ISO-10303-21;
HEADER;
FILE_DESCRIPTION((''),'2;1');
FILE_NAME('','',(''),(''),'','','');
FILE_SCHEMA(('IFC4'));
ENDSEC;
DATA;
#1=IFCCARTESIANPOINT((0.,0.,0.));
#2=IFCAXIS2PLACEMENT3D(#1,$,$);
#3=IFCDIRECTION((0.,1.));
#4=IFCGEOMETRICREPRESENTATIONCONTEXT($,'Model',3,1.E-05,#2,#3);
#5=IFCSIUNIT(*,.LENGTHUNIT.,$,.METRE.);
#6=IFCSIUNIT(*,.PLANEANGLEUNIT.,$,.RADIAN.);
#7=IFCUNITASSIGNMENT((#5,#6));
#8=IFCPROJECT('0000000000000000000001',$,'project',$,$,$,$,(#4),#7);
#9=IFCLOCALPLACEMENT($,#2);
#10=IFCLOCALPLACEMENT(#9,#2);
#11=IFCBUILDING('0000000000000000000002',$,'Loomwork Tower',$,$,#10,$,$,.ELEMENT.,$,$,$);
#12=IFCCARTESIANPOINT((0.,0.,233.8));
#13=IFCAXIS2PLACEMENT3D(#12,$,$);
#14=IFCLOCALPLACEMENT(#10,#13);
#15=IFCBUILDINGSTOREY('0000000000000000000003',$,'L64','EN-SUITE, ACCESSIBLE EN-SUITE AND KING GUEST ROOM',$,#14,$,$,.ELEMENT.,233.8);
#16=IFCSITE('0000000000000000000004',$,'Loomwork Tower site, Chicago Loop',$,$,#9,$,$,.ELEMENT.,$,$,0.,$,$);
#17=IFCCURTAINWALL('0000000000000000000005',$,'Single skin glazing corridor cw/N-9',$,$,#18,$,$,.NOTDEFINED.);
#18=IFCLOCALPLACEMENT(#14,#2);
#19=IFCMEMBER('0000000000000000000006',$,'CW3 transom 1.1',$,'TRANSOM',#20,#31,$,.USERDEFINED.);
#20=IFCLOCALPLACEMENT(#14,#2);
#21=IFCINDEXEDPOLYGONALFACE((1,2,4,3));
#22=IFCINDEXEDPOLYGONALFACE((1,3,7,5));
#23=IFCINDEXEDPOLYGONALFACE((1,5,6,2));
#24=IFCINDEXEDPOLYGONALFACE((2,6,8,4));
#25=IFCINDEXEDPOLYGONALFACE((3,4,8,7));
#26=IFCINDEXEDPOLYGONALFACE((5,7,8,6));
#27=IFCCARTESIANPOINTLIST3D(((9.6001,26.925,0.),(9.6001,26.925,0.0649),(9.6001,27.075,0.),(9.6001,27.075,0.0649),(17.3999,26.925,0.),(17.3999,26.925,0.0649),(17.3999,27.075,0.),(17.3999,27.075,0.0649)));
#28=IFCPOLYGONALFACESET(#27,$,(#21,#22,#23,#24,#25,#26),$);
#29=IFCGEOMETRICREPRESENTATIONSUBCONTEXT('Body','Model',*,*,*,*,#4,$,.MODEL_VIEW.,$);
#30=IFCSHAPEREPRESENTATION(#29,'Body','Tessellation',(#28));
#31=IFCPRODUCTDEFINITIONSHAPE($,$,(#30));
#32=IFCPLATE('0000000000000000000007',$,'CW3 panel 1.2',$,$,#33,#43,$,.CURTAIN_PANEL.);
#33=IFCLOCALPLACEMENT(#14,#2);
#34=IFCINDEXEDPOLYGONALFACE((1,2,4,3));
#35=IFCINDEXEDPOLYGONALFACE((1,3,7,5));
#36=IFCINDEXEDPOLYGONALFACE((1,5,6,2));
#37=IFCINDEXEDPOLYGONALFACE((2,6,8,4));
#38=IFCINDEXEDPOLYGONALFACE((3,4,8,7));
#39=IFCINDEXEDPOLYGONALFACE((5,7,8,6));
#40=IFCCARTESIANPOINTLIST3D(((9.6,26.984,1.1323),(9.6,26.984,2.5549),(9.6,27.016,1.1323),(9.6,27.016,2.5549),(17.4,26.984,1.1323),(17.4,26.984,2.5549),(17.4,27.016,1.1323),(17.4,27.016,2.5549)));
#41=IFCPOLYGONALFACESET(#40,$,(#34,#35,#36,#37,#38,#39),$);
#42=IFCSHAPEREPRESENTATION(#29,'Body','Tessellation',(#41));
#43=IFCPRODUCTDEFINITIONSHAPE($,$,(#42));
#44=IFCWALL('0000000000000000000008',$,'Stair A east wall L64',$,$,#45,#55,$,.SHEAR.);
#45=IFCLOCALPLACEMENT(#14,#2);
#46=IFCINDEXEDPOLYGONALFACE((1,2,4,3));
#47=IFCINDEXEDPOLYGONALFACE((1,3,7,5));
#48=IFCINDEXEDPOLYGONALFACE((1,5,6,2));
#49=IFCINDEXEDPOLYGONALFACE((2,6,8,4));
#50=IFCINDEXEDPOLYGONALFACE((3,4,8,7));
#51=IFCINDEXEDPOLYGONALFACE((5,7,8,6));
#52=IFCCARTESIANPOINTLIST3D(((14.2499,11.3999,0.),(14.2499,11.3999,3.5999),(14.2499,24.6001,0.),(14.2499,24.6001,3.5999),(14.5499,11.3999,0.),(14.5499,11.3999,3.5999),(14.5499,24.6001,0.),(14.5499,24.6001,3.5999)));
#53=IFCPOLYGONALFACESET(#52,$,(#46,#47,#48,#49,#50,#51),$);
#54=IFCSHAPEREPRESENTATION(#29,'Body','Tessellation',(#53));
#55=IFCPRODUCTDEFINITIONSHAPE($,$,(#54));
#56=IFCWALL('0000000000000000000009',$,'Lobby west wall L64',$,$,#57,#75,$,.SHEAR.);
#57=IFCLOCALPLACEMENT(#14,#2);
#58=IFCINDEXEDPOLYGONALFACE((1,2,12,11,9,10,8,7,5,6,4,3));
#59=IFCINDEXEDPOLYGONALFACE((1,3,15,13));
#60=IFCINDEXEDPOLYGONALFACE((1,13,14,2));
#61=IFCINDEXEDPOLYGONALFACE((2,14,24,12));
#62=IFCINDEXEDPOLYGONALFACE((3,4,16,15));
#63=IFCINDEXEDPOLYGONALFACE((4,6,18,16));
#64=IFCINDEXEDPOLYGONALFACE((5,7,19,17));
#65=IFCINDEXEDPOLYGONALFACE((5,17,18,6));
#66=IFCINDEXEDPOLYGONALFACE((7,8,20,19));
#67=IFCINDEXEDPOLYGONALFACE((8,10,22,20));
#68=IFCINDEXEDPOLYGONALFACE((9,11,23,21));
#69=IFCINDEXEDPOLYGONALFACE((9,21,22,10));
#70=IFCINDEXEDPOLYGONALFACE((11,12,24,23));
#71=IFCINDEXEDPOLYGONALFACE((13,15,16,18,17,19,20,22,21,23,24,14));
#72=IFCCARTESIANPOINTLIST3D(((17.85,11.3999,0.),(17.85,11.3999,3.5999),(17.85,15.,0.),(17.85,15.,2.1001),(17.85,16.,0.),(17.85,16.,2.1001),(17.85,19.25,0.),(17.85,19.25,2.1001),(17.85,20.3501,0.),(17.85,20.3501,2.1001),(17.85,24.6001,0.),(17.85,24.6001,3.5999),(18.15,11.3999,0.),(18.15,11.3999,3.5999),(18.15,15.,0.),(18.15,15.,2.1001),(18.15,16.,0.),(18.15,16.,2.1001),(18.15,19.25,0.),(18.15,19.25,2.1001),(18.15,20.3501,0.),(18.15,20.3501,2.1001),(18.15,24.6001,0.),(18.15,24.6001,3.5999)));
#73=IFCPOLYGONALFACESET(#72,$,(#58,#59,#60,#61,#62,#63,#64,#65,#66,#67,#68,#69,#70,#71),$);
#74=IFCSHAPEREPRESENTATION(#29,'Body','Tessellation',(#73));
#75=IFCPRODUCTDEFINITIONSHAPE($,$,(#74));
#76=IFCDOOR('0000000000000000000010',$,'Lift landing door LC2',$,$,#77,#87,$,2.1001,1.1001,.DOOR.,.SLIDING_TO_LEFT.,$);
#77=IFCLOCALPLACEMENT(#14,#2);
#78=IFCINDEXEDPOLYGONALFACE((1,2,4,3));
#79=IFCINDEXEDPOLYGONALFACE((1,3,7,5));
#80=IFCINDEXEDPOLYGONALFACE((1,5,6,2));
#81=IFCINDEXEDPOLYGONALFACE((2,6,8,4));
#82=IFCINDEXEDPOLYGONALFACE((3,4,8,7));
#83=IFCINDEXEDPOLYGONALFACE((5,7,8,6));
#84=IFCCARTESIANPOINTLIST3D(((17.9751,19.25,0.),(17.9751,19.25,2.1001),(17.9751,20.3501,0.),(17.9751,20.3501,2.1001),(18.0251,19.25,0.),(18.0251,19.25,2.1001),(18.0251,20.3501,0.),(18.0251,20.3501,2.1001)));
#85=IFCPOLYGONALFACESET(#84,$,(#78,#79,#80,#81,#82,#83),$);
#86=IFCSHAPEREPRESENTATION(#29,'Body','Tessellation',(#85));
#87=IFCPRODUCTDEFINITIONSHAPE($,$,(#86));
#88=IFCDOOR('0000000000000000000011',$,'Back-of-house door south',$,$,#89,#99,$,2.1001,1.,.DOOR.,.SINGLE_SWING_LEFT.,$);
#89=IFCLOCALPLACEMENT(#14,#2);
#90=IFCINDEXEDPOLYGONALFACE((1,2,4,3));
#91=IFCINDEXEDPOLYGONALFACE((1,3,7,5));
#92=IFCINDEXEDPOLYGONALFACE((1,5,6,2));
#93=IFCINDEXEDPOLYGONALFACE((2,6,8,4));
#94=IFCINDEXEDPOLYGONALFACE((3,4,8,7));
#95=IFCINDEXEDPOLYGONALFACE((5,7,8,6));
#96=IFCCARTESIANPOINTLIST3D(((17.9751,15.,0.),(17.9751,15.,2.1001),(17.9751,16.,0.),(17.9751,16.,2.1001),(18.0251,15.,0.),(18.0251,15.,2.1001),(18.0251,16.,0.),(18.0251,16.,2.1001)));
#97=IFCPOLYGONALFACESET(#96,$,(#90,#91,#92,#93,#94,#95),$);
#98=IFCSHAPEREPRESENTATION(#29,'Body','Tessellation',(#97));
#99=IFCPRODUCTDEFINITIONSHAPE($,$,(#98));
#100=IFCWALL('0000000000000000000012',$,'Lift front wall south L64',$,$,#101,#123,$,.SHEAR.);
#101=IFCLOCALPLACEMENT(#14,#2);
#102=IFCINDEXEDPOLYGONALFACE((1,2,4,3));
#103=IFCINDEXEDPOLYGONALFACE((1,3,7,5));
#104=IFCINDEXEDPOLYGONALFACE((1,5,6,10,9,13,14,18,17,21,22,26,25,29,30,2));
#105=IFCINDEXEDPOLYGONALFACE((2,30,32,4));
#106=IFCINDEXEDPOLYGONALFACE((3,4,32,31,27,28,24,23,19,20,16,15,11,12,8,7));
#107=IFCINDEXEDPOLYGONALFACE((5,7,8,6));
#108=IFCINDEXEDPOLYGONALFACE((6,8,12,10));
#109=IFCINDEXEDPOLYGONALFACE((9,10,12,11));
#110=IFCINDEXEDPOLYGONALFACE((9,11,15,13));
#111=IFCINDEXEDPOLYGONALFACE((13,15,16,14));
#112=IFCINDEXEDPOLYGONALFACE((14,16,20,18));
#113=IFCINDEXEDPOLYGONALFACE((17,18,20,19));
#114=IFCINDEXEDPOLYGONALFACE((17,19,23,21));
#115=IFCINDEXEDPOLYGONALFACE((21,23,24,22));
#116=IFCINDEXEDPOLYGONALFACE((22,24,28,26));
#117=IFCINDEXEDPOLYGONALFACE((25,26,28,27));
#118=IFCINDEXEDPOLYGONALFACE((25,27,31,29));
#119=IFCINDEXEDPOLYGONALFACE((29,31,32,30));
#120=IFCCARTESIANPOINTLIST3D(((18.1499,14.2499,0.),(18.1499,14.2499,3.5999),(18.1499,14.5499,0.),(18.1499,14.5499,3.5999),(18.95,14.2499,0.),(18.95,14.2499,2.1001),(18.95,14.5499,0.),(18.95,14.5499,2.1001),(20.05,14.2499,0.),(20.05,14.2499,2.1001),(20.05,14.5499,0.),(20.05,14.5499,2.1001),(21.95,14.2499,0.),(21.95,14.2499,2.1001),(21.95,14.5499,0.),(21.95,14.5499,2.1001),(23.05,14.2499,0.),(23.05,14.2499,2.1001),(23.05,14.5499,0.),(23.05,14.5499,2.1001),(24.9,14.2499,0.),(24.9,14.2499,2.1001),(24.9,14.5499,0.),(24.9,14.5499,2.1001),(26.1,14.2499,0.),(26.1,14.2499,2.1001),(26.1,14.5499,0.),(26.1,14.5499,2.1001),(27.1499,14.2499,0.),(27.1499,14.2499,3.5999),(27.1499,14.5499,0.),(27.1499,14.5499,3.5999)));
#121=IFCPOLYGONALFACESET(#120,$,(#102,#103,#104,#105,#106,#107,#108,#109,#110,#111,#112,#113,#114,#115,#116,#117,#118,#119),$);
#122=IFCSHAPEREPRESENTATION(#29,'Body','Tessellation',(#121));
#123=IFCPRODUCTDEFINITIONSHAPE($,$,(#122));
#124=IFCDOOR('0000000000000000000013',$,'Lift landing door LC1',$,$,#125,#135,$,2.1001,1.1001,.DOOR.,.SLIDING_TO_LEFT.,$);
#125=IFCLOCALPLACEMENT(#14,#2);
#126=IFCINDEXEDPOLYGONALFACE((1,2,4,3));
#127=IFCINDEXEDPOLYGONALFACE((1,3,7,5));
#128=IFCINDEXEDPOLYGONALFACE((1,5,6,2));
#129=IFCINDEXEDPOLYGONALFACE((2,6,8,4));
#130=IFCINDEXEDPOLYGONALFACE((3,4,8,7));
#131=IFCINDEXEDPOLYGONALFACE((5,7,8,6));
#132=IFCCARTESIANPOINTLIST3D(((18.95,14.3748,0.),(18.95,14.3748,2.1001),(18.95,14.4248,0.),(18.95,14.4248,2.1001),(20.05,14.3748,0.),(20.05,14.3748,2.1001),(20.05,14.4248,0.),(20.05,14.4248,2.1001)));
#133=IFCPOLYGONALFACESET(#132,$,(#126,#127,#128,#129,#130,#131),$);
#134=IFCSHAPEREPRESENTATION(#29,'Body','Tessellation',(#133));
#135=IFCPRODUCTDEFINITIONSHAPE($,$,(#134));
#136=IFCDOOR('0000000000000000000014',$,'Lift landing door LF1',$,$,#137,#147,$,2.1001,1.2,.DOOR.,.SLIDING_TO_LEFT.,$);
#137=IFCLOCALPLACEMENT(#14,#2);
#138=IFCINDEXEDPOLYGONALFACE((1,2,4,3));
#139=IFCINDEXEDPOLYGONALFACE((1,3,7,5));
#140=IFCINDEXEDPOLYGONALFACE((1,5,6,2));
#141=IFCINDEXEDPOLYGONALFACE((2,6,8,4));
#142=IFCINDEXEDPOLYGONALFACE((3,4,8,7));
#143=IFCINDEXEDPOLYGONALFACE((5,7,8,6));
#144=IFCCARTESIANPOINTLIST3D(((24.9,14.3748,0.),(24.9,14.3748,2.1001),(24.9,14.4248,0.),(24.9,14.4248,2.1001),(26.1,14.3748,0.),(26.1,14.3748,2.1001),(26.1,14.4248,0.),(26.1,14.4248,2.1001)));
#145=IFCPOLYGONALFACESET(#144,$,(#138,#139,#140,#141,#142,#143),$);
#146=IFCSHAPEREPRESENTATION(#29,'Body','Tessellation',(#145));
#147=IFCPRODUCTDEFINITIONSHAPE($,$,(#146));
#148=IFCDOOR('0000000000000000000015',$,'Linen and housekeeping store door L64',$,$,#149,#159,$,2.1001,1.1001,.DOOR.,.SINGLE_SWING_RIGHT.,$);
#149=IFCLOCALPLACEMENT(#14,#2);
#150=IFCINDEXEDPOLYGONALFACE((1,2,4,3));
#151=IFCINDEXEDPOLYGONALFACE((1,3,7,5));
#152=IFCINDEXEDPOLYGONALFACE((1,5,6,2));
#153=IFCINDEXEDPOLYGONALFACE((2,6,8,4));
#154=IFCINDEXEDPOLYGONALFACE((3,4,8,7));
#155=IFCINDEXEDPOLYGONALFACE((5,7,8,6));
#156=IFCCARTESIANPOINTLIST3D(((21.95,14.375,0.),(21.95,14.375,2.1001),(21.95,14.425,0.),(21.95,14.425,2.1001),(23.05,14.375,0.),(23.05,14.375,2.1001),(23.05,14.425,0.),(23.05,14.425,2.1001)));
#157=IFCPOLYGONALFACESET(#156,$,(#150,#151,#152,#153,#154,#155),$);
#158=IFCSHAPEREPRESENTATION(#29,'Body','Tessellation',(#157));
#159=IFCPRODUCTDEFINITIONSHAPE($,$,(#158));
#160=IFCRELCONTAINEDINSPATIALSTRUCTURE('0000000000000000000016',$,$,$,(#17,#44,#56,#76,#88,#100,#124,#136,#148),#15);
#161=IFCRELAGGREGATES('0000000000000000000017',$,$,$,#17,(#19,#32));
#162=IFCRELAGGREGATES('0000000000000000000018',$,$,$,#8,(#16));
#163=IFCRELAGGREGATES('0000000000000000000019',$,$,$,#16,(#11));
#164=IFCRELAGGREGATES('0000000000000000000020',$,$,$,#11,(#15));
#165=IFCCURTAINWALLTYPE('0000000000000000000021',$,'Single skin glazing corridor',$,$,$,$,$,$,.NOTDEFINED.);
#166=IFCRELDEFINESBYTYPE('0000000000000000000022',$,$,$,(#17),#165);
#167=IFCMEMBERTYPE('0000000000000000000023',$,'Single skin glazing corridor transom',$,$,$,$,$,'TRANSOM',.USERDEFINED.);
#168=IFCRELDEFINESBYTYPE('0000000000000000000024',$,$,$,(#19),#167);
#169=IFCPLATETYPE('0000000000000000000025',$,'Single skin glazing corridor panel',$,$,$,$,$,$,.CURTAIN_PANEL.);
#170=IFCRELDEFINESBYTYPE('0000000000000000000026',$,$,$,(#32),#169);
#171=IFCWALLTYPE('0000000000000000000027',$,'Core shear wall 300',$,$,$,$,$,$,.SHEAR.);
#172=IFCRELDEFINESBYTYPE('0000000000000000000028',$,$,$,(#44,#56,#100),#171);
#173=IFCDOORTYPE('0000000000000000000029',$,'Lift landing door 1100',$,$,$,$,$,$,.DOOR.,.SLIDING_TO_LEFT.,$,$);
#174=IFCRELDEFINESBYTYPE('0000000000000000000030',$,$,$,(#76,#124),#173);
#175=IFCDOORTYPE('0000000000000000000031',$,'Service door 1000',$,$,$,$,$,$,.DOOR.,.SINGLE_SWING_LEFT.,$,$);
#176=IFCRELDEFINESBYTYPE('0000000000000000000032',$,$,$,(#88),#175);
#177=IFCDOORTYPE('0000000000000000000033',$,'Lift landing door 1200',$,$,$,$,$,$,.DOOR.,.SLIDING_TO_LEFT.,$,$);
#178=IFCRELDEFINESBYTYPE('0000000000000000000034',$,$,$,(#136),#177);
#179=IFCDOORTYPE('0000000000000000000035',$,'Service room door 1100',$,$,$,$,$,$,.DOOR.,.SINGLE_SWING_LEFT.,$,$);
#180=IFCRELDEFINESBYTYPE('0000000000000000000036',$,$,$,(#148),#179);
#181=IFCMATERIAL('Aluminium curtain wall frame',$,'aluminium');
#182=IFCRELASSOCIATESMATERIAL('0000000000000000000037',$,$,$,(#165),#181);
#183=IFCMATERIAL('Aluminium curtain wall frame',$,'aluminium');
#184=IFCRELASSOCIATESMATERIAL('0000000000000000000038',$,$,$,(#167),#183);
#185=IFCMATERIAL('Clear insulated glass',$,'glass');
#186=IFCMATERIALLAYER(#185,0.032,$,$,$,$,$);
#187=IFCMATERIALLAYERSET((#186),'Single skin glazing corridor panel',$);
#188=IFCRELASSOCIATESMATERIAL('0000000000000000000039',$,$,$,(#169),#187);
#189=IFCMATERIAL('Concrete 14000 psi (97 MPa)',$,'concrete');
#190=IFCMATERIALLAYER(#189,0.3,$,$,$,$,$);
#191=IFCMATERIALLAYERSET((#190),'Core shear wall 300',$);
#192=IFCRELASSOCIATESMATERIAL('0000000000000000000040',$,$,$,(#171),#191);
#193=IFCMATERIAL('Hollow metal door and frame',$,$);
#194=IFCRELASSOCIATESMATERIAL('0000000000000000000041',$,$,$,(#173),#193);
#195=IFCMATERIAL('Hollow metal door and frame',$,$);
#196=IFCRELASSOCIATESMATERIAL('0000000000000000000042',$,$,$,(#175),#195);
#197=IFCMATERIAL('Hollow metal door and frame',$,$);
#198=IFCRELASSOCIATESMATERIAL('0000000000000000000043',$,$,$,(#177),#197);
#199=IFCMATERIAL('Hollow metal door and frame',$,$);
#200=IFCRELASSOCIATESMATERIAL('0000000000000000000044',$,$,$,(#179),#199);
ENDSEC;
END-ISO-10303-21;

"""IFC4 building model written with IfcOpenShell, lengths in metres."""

from ifc_helpers import new_model, si_unit, direction, frame, frame_2d, origin, origin_2d, place, context, subcontext, project, spatial, rectangle, extrude, material, layer, layer_set, material_profile, profile_set, type_object, element, fill, aggregate, save


model = new_model("IFC4")

# Units and contexts
model_context = context("Model", 3, precision=1e-05, world=origin(), true_north=direction((0.0, 1.0)))
body_context = subcontext(model_context, "Body", "Model", "MODEL_VIEW")
ifc_project = project(units=[si_unit("LENGTHUNIT", "METRE"), si_unit("PLANEANGLEUNIT", "RADIAN")], contexts=[model_context])

# Site, building, storey
site_placement = place(None, origin())
site = spatial("IfcSite", under=ifc_project, at=site_placement, Name="Loomwork Tower site, Chicago Loop", CompositionType="ELEMENT", RefElevation=0.0)
building_placement = place(site_placement, origin())
building = spatial("IfcBuilding", under=site, at=building_placement, Name="Loomwork Tower", CompositionType="ELEMENT")
storey_placement = place(building_placement, frame((0.0, 0.0, 233.8)))
storey = spatial("IfcBuildingStorey", under=building, at=storey_placement, Name="L64", Description="EN-SUITE, ACCESSIBLE EN-SUITE AND KING GUEST ROOM", CompositionType="ELEMENT", Elevation=233.8)

# Curtain wall, member, plate
ifc_material_1 = material(Name="Aluminium curtain wall frame", Category="aluminium")
curtain_wall_type = type_object("IfcCurtainWallType", Name="Single skin glazing corridor", PredefinedType="NOTDEFINED", material=ifc_material_1)
curtain_wall_placement = place(storey_placement, origin())
curtain_wall = element("IfcCurtainWall", 1, at=curtain_wall_placement, inside=storey, type_object=curtain_wall_type, Name="Single skin glazing corridor cw/N-9", PredefinedType="NOTDEFINED")
ifc_material_2 = material(Name="Aluminium curtain wall frame", Category="aluminium")
ifc_material_profile = material_profile(ifc_material_2, rectangle(XDim=0.1499, YDim=0.0649, at=origin_2d()), Name="AL 65x150")
ifc_profile_set = profile_set([ifc_material_profile], Name="Aluminium curtain wall frame")
member_type = type_object("IfcMemberType", Name="Single skin glazing corridor transom", ElementType="TRANSOM", PredefinedType="USERDEFINED", material=ifc_profile_set)
member_placement = place(storey_placement, frame((17.3999, 27.0, 0.0325), z_axis=(-1.0, 0.0, 0.0), x_axis=(0.0, -1.0, 0.0)))
member = element("IfcMember", 2, at=member_placement, type_object=member_type, Name="CW3 transom 1.1", ObjectType="TRANSOM", PredefinedType="USERDEFINED", context=body_context, shape_type="SweptSolid", body=[
    extrude(rectangle(XDim=0.1499, YDim=0.0649, at=origin_2d()), origin(), (0.0, 0.0, 1.0), 7.7998),
])
ifc_material_3 = material(Name="Clear insulated glass", Category="glass")
ifc_layer_1 = layer(ifc_material_3, 0.032)
ifc_layer_set_1 = layer_set([ifc_layer_1], Name="Single skin glazing corridor panel")
plate_type = type_object("IfcPlateType", Name="Single skin glazing corridor panel", PredefinedType="CURTAIN_PANEL", material=ifc_layer_set_1)
plate_placement = place(storey_placement, frame((13.5, 27.0, 1.1323), z_axis=(0.0, 0.0, 1.0), x_axis=(-1.0, 0.0, 0.0)))
plate = element("IfcPlate", 3, at=plate_placement, type_object=plate_type, Name="CW3 panel 1.2", PredefinedType="CURTAIN_PANEL", context=body_context, shape_type="SweptSolid", body=[
    extrude(rectangle(XDim=7.8, YDim=0.032, at=origin_2d()), origin(), (0.0, 0.0, 1.0), 1.4226),
])
aggregate(curtain_wall, [member, plate])

# Wall
ifc_material_4 = material(Name="Concrete 14000 psi (97 MPa)", Category="concrete")
ifc_layer_2 = layer(ifc_material_4, 0.3)
ifc_layer_set_2 = layer_set([ifc_layer_2], Name="Core shear wall 300")
wall_type_1 = type_object("IfcWallType", Name="Core shear wall 300", PredefinedType="SHEAR", material=ifc_layer_set_2)
wall_1_placement = place(storey_placement, frame((14.3999, 11.3999, 0.0), z_axis=(0.0, 0.0, 1.0), x_axis=(0.0, 1.0, 0.0)))
element("IfcWall", 4, at=wall_1_placement, inside=storey, type_object=wall_type_1, Name="Stair A east wall L64", PredefinedType="SHEAR", context=body_context, shape_type="SweptSolid", body=[
    extrude(rectangle(XDim=13.2002, YDim=0.3, at=frame_2d((6.6001, 0.0))), origin(), (0.0, 0.0, 1.0), 3.5999),
])

# Walls, openings, doors
wall_2_placement = place(storey_placement, frame((18.0, 11.3999, 0.0), z_axis=(0.0, 0.0, 1.0), x_axis=(0.0, 1.0, 0.0)))
wall_2 = element("IfcWall", 5, at=wall_2_placement, inside=storey, type_object=wall_type_1, Name="Lobby west wall L64", PredefinedType="SHEAR", context=body_context, shape_type="SweptSolid", body=[
    extrude(rectangle(XDim=13.2002, YDim=0.3, at=frame_2d((6.6001, 0.0))), origin(), (0.0, 0.0, 1.0), 3.5999),
])
opening_1_placement = place(wall_2_placement, frame((3.6001, 0.0, 0.0)))
opening_1 = element("IfcOpeningElement", 6, at=opening_1_placement, cuts=wall_2, PredefinedType="OPENING", context=body_context, shape_type="SweptSolid", body=[
    extrude(rectangle(XDim=1.0, YDim=2.1001, at=frame_2d((0.5, 1.05))), frame((0.0, 0.1599, 0.0), z_axis=(0.0, -1.0, 0.0), x_axis=(1.0, 0.0, 0.0)), (0.0, 0.0, 1.0), 0.3201),
])
opening_2_placement = place(wall_2_placement, frame((7.8501, 0.0, 0.0)))
opening_2 = element("IfcOpeningElement", 7, at=opening_2_placement, cuts=wall_2, PredefinedType="OPENING", context=body_context, shape_type="SweptSolid", body=[
    extrude(rectangle(XDim=1.1001, YDim=2.1001, at=frame_2d((0.55, 1.05))), frame((0.0, 0.1599, 0.0), z_axis=(0.0, -1.0, 0.0), x_axis=(1.0, 0.0, 0.0)), (0.0, 0.0, 1.0), 0.3201),
])
ifc_material_5 = material(Name="Hollow metal door and frame")
door_type_1 = type_object("IfcDoorType", Name="Lift landing door 1100", OperationType="SLIDING_TO_LEFT", PredefinedType="DOOR", material=ifc_material_5)
door_1_placement = place(opening_2_placement, origin())
door_1 = element("IfcDoor", 8, at=door_1_placement, inside=storey, type_object=door_type_1, Name="Lift landing door LC2", OperationType="SLIDING_TO_LEFT", OverallHeight=2.1001, OverallWidth=1.1001, PredefinedType="DOOR", context=body_context, shape_type="SweptSolid", body=[
    extrude(rectangle(XDim=1.1001, YDim=2.1001, at=frame_2d((0.55, 1.05))), frame((0.0, 0.0249, 0.0), z_axis=(0.0, -1.0, 0.0), x_axis=(1.0, 0.0, 0.0)), (0.0, 0.0, 1.0), 0.05),
])
fill(opening_2, door_1)
ifc_material_6 = material(Name="Hollow metal door and frame")
door_type_2 = type_object("IfcDoorType", Name="Service door 1000", OperationType="SINGLE_SWING_LEFT", PredefinedType="DOOR", material=ifc_material_6)
door_2_placement = place(opening_1_placement, origin())
door_2 = element("IfcDoor", 9, at=door_2_placement, inside=storey, type_object=door_type_2, Name="Back-of-house door south", OperationType="SINGLE_SWING_LEFT", OverallHeight=2.1001, OverallWidth=1.0, PredefinedType="DOOR", context=body_context, shape_type="SweptSolid", body=[
    extrude(rectangle(XDim=1.0, YDim=2.1001, at=frame_2d((0.5, 1.05))), frame((0.0, 0.0249, 0.0), z_axis=(0.0, -1.0, 0.0), x_axis=(1.0, 0.0, 0.0)), (0.0, 0.0, 1.0), 0.05),
])
fill(opening_1, door_2)
wall_3_placement = place(storey_placement, frame((18.1499, 14.3999, 0.0), z_axis=(0.0, 0.0, 1.0), x_axis=(1.0, 0.0, 0.0)))
wall_3 = element("IfcWall", 10, at=wall_3_placement, inside=storey, type_object=wall_type_1, Name="Lift front wall south L64", PredefinedType="SHEAR", context=body_context, shape_type="SweptSolid", body=[
    extrude(rectangle(XDim=9.0, YDim=0.3, at=frame_2d((4.5, 0.0))), origin(), (0.0, 0.0, 1.0), 3.5999),
])
opening_3_placement = place(wall_3_placement, frame((0.8, 0.0, 0.0)))
opening_3 = element("IfcOpeningElement", 11, at=opening_3_placement, cuts=wall_3, PredefinedType="OPENING", context=body_context, shape_type="SweptSolid", body=[
    extrude(rectangle(XDim=1.1001, YDim=2.1001, at=frame_2d((0.55, 1.05))), frame((0.0, 0.1599, 0.0), z_axis=(0.0, -1.0, 0.0), x_axis=(1.0, 0.0, 0.0)), (0.0, 0.0, 1.0), 0.3201),
])
opening_4_placement = place(wall_3_placement, frame((6.75, 0.0, 0.0)))
opening_4 = element("IfcOpeningElement", 12, at=opening_4_placement, cuts=wall_3, PredefinedType="OPENING", context=body_context, shape_type="SweptSolid", body=[
    extrude(rectangle(XDim=1.2, YDim=2.1001, at=frame_2d((0.6001, 1.05))), frame((0.0, 0.1599, 0.0), z_axis=(0.0, -1.0, 0.0), x_axis=(1.0, 0.0, 0.0)), (0.0, 0.0, 1.0), 0.3201),
])
opening_5_placement = place(wall_3_placement, frame((3.8, 0.0, 0.0)))
opening_5 = element("IfcOpeningElement", 13, at=opening_5_placement, cuts=wall_3, PredefinedType="OPENING", context=body_context, shape_type="SweptSolid", body=[
    extrude(rectangle(XDim=1.1001, YDim=2.1001, at=frame_2d((0.55, 1.05))), frame((0.0, 0.1599, 0.0), z_axis=(0.0, -1.0, 0.0), x_axis=(1.0, 0.0, 0.0)), (0.0, 0.0, 1.0), 0.3201),
])
door_3_placement = place(opening_3_placement, origin())
door_3 = element("IfcDoor", 14, at=door_3_placement, inside=storey, type_object=door_type_1, Name="Lift landing door LC1", OperationType="SLIDING_TO_LEFT", OverallHeight=2.1001, OverallWidth=1.1001, PredefinedType="DOOR", context=body_context, shape_type="SweptSolid", body=[
    extrude(rectangle(XDim=1.1001, YDim=2.1001, at=frame_2d((0.55, 1.05))), frame((0.0, 0.0249, 0.0), z_axis=(0.0, -1.0, 0.0), x_axis=(1.0, 0.0, 0.0)), (0.0, 0.0, 1.0), 0.05),
])
fill(opening_3, door_3)
ifc_material_7 = material(Name="Hollow metal door and frame")
door_type_3 = type_object("IfcDoorType", Name="Lift landing door 1200", OperationType="SLIDING_TO_LEFT", PredefinedType="DOOR", material=ifc_material_7)
door_4_placement = place(opening_4_placement, origin())
door_4 = element("IfcDoor", 15, at=door_4_placement, inside=storey, type_object=door_type_3, Name="Lift landing door LF1", OperationType="SLIDING_TO_LEFT", OverallHeight=2.1001, OverallWidth=1.2, PredefinedType="DOOR", context=body_context, shape_type="SweptSolid", body=[
    extrude(rectangle(XDim=1.2, YDim=2.1001, at=frame_2d((0.6001, 1.05))), frame((0.0, 0.0249, 0.0), z_axis=(0.0, -1.0, 0.0), x_axis=(1.0, 0.0, 0.0)), (0.0, 0.0, 1.0), 0.05),
])
fill(opening_4, door_4)
ifc_material_8 = material(Name="Hollow metal door and frame")
door_type_4 = type_object("IfcDoorType", Name="Service room door 1100", OperationType="SINGLE_SWING_LEFT", PredefinedType="DOOR", material=ifc_material_8)
door_5_placement = place(opening_5_placement, frame((1.1001, 0.0, 0.0), z_axis=(0.0, 0.0, 1.0), x_axis=(-1.0, 0.0, 0.0)))
door_5 = element("IfcDoor", 16, at=door_5_placement, inside=storey, type_object=door_type_4, Name="Linen and housekeeping store door L64", OperationType="SINGLE_SWING_RIGHT", OverallHeight=2.1001, OverallWidth=1.1001, PredefinedType="DOOR", context=body_context, shape_type="SweptSolid", body=[
    extrude(rectangle(XDim=1.1001, YDim=2.1001, at=frame_2d((0.55, 1.05))), frame((0.0, 0.0249, 0.0), z_axis=(0.0, -1.0, 0.0), x_axis=(1.0, 0.0, 0.0)), (0.0, 0.0, 1.0), 0.05),
])
fill(opening_5, door_5)

save(model, "model.ifc")
